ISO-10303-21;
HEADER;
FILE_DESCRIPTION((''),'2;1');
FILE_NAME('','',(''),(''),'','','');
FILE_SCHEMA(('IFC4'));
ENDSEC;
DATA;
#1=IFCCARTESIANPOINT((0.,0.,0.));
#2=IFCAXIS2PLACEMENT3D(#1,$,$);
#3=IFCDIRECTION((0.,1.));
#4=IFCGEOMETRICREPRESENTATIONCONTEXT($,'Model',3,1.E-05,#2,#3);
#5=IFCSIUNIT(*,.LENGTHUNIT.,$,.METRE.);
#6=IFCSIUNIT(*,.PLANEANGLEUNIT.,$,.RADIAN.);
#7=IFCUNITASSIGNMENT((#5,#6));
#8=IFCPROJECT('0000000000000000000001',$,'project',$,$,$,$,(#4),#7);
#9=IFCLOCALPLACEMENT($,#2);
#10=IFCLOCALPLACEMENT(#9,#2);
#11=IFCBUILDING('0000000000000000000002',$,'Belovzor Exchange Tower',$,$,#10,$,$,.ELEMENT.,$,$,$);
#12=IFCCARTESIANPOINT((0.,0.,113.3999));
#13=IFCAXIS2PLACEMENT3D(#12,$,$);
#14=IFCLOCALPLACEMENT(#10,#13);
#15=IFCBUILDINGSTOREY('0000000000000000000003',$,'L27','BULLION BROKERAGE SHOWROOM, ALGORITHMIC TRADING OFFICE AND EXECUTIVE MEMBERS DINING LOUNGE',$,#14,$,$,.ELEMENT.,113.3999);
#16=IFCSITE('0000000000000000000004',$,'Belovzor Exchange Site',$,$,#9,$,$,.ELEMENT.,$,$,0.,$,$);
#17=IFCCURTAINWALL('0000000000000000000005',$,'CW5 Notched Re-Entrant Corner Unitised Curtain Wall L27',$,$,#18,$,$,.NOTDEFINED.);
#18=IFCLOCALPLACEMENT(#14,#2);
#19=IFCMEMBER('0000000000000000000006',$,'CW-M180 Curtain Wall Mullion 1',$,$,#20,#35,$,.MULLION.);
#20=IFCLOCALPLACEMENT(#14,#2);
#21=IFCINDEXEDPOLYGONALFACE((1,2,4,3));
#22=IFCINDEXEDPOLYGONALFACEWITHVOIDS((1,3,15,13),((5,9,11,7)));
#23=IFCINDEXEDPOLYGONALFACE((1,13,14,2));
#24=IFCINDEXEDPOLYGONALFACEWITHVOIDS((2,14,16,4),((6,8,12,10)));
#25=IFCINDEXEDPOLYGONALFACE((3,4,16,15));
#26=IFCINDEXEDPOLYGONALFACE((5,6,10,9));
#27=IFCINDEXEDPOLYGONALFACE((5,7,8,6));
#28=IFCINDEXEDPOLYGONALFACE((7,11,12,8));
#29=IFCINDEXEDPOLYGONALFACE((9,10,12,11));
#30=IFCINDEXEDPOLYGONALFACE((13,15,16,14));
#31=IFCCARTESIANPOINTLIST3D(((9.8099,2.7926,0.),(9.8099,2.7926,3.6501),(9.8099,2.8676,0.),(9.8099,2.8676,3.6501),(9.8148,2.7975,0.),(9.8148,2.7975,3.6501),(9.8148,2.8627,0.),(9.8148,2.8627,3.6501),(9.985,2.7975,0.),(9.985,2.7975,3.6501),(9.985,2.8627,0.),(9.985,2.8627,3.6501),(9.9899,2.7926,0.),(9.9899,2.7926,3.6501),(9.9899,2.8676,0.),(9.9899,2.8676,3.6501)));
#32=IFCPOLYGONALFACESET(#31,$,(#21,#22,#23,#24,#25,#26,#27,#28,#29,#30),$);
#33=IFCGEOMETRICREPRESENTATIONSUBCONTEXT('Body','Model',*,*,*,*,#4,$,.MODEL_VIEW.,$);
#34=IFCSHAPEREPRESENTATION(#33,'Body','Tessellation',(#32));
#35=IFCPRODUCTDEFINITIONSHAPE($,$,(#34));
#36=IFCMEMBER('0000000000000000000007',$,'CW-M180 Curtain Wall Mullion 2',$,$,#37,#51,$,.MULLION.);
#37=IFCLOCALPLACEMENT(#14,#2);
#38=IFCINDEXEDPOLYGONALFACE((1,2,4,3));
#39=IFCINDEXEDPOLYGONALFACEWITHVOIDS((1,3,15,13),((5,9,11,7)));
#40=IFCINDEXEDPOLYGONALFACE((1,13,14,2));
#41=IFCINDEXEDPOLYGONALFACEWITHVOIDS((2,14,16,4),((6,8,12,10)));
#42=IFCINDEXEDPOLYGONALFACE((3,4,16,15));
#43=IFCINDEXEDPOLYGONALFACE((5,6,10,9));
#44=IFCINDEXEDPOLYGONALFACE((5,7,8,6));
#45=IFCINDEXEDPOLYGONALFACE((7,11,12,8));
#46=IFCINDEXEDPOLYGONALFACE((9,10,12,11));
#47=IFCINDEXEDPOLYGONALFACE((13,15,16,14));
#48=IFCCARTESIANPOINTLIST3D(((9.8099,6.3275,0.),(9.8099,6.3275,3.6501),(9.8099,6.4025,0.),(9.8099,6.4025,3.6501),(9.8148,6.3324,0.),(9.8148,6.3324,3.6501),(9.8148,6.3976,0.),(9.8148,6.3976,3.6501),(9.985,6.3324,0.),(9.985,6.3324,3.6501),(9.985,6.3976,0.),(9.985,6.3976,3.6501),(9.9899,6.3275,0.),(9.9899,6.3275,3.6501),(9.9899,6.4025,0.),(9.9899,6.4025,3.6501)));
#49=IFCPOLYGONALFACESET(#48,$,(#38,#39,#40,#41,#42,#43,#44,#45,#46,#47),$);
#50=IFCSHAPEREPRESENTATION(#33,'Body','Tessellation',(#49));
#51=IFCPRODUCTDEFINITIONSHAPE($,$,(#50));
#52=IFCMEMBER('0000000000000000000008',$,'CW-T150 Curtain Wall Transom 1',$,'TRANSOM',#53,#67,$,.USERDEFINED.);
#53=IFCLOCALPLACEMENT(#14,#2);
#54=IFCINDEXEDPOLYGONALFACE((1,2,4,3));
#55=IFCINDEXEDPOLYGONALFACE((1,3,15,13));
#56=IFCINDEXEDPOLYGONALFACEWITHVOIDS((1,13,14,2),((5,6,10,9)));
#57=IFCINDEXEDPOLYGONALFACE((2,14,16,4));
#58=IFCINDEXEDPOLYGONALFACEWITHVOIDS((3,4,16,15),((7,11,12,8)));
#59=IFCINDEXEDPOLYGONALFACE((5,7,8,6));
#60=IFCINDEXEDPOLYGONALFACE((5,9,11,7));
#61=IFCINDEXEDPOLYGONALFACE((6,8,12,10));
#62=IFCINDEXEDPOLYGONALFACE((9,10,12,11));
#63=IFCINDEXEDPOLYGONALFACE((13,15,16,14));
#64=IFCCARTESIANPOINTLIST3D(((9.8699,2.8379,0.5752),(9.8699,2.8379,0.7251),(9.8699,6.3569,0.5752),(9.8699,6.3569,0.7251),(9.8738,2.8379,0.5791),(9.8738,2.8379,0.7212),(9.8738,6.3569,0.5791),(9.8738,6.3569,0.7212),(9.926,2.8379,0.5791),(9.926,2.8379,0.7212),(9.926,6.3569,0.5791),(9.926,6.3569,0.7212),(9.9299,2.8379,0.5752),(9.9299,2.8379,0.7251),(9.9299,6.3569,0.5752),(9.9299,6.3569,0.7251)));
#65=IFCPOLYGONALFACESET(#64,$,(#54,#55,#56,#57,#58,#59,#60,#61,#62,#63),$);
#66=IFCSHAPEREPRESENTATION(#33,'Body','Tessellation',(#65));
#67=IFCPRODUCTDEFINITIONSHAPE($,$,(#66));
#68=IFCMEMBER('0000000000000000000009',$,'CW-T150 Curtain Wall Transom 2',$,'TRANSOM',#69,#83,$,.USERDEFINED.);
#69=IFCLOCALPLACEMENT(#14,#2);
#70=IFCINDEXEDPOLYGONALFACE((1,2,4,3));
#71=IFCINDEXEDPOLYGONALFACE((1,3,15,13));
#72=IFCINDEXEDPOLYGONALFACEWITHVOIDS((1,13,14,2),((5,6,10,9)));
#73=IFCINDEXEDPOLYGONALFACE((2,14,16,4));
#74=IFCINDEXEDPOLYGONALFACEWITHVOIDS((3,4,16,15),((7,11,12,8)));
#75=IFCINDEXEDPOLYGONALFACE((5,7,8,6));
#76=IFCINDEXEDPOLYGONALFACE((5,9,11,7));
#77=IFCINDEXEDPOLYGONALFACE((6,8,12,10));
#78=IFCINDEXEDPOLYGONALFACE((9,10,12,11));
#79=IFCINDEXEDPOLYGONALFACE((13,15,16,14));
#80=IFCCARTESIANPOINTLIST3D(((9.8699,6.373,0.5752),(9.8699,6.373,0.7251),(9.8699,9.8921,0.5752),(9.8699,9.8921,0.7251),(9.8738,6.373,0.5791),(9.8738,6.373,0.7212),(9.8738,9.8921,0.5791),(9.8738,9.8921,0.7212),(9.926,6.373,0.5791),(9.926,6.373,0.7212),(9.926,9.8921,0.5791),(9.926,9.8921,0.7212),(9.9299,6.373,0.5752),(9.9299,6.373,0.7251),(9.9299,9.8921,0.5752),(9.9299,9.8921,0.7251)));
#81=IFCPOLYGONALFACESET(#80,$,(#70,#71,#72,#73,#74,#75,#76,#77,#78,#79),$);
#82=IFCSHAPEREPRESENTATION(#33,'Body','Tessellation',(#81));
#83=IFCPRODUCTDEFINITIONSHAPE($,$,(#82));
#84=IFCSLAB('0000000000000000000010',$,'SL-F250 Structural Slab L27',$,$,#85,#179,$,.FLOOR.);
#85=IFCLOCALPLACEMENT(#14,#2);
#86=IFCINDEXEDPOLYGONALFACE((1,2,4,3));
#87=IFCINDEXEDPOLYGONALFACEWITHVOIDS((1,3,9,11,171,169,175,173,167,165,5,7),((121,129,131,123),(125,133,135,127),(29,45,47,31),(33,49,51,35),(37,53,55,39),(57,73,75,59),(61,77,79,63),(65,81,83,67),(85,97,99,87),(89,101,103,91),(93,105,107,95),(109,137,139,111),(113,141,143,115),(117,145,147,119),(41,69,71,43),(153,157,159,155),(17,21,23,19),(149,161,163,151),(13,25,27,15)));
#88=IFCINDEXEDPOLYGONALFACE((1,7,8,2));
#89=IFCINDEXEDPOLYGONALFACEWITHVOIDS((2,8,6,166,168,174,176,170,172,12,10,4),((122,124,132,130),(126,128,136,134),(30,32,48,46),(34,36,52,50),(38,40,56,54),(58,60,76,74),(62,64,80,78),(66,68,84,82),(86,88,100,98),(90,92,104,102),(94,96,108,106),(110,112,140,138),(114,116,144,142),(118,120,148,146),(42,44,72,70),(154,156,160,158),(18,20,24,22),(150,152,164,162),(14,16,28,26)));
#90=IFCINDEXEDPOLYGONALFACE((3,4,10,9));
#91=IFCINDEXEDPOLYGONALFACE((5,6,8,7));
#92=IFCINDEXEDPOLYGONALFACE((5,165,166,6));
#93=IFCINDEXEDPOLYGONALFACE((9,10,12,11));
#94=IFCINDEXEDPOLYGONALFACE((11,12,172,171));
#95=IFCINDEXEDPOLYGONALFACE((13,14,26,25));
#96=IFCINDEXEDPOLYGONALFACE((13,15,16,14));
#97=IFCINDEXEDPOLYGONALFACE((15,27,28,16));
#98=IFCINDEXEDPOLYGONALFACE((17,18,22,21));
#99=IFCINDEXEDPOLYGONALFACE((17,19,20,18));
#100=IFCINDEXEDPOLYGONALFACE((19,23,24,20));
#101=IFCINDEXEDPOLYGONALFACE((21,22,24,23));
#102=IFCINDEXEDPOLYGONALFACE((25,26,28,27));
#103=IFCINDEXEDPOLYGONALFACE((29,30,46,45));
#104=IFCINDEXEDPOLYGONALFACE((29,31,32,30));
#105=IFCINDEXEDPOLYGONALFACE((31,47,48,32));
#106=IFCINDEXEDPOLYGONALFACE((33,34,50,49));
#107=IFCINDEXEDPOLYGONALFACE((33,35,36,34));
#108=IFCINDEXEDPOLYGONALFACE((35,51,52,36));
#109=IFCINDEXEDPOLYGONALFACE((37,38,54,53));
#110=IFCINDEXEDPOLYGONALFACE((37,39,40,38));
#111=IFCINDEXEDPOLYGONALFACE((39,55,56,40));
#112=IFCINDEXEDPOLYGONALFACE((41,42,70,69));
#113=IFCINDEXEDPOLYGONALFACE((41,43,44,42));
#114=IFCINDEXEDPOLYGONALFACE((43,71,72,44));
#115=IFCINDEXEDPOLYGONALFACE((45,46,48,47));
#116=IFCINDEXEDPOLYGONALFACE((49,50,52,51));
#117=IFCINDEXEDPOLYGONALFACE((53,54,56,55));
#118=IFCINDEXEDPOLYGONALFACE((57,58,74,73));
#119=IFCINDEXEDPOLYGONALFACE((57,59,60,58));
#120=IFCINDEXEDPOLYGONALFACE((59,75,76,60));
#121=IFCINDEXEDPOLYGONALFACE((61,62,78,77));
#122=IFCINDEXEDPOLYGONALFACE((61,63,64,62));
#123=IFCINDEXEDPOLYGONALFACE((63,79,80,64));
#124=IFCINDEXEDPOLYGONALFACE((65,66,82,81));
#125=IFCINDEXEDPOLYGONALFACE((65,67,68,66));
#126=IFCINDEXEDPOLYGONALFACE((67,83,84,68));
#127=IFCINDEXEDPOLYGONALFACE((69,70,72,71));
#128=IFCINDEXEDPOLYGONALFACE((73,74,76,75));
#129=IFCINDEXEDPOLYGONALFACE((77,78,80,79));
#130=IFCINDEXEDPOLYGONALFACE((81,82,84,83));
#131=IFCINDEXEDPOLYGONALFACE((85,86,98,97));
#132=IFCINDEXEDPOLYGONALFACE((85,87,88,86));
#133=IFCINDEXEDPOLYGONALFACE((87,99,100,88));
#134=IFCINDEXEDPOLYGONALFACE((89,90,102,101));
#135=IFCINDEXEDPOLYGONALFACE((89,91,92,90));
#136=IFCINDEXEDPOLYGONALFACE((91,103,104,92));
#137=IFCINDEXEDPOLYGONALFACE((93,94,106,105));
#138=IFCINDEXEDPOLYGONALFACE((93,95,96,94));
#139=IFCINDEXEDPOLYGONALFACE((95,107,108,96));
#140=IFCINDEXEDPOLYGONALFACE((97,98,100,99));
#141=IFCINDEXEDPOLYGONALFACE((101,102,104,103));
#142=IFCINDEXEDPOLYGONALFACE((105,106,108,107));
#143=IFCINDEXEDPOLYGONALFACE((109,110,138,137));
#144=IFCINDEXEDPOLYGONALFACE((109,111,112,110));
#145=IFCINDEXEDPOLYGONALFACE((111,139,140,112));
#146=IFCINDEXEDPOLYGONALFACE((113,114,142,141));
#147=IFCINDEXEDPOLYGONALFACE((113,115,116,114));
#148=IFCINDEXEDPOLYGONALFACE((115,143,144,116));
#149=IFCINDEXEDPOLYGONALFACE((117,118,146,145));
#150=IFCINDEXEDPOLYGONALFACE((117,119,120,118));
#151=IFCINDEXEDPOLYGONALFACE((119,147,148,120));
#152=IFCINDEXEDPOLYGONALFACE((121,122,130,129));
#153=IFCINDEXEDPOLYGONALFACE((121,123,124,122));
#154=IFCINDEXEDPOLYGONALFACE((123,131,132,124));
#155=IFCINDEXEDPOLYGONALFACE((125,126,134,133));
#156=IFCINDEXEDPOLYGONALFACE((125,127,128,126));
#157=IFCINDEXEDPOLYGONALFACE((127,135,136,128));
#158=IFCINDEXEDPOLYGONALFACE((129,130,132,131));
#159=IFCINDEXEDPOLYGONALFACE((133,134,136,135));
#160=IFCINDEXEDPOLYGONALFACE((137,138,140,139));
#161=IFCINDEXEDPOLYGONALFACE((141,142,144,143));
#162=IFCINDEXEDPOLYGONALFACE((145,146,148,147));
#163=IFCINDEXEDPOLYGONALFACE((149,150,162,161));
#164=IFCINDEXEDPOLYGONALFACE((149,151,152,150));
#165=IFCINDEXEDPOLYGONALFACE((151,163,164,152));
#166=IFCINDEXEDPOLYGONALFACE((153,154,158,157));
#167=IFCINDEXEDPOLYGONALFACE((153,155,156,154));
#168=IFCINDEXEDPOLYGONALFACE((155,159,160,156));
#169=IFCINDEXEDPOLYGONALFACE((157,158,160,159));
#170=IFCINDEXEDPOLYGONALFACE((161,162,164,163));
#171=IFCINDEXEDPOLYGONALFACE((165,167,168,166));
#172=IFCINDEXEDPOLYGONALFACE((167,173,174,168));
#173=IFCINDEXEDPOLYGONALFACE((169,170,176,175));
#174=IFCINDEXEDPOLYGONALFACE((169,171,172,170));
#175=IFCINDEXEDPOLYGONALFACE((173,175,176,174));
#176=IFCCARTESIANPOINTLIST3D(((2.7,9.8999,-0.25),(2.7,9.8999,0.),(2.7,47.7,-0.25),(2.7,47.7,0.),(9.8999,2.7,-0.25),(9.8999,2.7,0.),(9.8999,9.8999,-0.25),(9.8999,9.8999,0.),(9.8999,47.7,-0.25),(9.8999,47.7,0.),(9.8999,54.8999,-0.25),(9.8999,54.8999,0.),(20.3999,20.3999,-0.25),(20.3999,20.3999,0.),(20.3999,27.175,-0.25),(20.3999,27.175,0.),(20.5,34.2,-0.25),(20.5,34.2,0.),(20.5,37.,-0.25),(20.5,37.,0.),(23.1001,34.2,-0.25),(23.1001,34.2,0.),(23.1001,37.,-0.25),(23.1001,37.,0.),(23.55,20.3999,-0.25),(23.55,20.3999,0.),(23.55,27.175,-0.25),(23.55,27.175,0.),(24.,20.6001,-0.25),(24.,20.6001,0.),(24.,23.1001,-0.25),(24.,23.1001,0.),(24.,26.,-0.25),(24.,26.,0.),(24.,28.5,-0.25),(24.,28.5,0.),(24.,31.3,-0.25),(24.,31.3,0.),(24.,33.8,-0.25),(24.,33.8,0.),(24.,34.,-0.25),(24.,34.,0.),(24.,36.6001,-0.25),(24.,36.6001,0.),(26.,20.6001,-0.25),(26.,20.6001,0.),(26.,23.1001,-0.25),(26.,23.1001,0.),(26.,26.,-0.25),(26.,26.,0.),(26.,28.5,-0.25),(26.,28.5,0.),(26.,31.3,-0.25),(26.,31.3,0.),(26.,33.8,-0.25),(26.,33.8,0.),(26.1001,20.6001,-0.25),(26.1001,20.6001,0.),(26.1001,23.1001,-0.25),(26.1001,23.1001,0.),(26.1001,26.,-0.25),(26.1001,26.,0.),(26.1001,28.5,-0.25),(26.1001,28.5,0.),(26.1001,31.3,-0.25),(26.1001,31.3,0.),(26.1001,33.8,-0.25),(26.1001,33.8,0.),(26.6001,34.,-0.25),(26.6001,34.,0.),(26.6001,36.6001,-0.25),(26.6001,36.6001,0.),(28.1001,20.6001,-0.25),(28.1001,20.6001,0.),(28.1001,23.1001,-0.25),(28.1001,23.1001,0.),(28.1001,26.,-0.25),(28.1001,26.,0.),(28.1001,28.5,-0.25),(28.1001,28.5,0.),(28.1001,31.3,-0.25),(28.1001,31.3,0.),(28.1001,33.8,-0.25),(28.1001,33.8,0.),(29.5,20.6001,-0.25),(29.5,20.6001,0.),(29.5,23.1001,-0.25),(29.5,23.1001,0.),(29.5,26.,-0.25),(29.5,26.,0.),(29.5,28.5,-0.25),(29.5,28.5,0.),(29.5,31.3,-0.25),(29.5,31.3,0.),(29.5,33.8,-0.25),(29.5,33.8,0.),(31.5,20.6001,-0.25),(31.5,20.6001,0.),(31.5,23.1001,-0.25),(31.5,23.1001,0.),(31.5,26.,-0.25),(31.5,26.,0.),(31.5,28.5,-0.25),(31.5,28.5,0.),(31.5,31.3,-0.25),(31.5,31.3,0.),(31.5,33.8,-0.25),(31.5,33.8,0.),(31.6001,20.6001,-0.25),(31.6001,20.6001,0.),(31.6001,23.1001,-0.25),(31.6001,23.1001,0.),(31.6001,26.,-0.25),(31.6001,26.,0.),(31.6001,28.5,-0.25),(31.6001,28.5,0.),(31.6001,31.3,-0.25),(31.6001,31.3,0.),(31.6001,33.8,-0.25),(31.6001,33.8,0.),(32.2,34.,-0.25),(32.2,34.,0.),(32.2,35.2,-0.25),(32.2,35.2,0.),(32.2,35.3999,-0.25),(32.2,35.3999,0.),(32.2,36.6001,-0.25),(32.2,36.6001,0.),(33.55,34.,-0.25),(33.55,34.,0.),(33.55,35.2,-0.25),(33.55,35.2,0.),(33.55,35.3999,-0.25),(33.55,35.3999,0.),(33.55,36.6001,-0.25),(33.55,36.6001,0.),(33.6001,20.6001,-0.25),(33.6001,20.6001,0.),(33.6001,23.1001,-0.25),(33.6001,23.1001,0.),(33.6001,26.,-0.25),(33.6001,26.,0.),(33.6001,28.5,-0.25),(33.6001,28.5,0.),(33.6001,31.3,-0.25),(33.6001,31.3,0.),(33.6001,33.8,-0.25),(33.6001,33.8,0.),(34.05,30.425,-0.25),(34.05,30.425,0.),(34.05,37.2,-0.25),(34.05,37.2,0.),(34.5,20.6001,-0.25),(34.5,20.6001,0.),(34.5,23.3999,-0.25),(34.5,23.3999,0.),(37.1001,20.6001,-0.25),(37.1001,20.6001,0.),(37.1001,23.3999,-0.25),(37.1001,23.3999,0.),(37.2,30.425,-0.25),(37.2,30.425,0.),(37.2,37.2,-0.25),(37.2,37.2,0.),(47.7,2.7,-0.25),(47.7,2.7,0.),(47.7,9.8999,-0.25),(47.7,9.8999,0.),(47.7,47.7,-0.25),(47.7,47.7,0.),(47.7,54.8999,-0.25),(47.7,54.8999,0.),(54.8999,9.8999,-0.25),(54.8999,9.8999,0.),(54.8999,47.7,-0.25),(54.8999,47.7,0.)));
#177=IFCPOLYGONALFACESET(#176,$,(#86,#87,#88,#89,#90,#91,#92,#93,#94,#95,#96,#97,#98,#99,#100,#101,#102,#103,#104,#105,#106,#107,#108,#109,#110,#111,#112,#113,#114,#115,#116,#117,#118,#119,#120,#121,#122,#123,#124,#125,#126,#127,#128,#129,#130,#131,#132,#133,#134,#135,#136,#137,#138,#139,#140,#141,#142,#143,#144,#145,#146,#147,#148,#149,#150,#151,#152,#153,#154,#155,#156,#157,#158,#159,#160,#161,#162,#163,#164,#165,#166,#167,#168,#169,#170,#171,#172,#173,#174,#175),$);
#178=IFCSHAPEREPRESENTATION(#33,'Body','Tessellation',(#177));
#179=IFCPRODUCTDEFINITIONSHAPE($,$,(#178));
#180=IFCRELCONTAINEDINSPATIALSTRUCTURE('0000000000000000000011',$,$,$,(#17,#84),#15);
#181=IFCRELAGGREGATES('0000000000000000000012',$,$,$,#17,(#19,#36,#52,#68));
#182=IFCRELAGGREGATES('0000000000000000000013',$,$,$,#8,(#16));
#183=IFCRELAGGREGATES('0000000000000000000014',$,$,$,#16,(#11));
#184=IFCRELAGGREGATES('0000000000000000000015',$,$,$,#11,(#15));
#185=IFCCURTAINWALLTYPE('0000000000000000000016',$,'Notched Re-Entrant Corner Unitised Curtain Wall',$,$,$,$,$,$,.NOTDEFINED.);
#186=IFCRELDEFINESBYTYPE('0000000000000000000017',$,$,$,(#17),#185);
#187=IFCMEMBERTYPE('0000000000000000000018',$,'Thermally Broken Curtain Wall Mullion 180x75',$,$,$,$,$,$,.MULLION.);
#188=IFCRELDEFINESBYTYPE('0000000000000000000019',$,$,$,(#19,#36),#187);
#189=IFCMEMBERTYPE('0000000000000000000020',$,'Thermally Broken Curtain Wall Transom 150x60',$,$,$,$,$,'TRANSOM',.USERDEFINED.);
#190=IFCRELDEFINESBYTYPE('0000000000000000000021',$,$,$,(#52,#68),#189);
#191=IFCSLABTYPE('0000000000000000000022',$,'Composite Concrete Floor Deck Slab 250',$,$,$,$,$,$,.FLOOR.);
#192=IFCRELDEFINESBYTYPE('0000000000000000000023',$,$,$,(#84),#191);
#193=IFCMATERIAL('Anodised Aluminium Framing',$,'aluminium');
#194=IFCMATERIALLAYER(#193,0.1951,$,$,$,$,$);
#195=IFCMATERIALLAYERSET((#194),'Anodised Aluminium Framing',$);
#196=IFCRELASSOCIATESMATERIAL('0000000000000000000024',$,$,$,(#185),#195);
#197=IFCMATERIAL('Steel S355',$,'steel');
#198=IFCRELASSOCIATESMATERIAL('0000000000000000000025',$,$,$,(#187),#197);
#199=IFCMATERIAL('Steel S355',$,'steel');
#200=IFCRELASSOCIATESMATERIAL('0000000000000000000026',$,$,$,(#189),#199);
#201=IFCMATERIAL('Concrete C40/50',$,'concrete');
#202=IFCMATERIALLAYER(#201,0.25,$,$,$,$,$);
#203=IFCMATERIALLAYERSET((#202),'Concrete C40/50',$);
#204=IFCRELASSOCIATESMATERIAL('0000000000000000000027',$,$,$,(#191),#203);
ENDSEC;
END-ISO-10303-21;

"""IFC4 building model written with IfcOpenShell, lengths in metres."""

from ifc_helpers import new_model, si_unit, direction, frame, origin, origin_2d, place, context, subcontext, project, spatial, polyline, hollow_rectangle, outline, extrude, material, layer, layer_set, material_profile, profile_set, type_object, element, aggregate, save


model = new_model("IFC4")

# Units and contexts
model_context = context("Model", 3, precision=1e-05, world=origin(), true_north=direction((0.0, 1.0)))
body_context = subcontext(model_context, "Body", "Model", "MODEL_VIEW")
ifc_project = project(units=[si_unit("LENGTHUNIT", "METRE"), si_unit("PLANEANGLEUNIT", "RADIAN")], contexts=[model_context])

# Site, building, storey
site_placement = place(None, origin())
site = spatial("IfcSite", under=ifc_project, at=site_placement, Name="Belovzor Exchange Site", CompositionType="ELEMENT", RefElevation=0.0)
building_placement = place(site_placement, origin())
building = spatial("IfcBuilding", under=site, at=building_placement, Name="Belovzor Exchange Tower", CompositionType="ELEMENT")
storey_placement = place(building_placement, frame((0.0, 0.0, 113.3999)))
storey = spatial("IfcBuildingStorey", under=building, at=storey_placement, Name="L27", Description="BULLION BROKERAGE SHOWROOM, ALGORITHMIC TRADING OFFICE AND EXECUTIVE MEMBERS DINING LOUNGE", CompositionType="ELEMENT", Elevation=113.3999)

# Curtain wall, members
ifc_material_1 = material(Name="Anodised Aluminium Framing", Category="aluminium")
ifc_layer_1 = layer(ifc_material_1, 0.1951)
ifc_layer_set_1 = layer_set([ifc_layer_1], Name="Anodised Aluminium Framing")
curtain_wall_type = type_object("IfcCurtainWallType", Name="Notched Re-Entrant Corner Unitised Curtain Wall", PredefinedType="NOTDEFINED", material=ifc_layer_set_1)
curtain_wall_placement = place(storey_placement, origin())
curtain_wall = element("IfcCurtainWall", 1, at=curtain_wall_placement, inside=storey, type_object=curtain_wall_type, Name="CW5 Notched Re-Entrant Corner Unitised Curtain Wall L27", PredefinedType="NOTDEFINED")
ifc_material_2 = material(Name="Steel S355", Category="steel")
ifc_material_profile_1 = material_profile(ifc_material_2, hollow_rectangle(XDim=0.075, YDim=0.1799, WallThickness=0.0049, at=origin_2d()))
ifc_profile_set_1 = profile_set([ifc_material_profile_1], Name="Steel S355")
member_type_1 = type_object("IfcMemberType", Name="Thermally Broken Curtain Wall Mullion 180x75", PredefinedType="MULLION", material=ifc_profile_set_1)
member_1_placement = place(storey_placement, frame((9.8999, 2.8301, 0.0), z_axis=(0.0, 0.0, 1.0), x_axis=(0.0, 1.0, 0.0)))
member_1 = element("IfcMember", 2, at=member_1_placement, type_object=member_type_1, Name="CW-M180 Curtain Wall Mullion 1", PredefinedType="MULLION", context=body_context, shape_type="SweptSolid", body=[
    extrude(hollow_rectangle(XDim=0.075, YDim=0.1799, WallThickness=0.0049, at=origin_2d()), origin(), (0.0, 0.0, 1.0), 3.6501),
])
member_2_placement = place(storey_placement, frame((9.8999, 6.365, 0.0), z_axis=(0.0, 0.0, 1.0), x_axis=(0.0, 1.0, 0.0)))
member_2 = element("IfcMember", 3, at=member_2_placement, type_object=member_type_1, Name="CW-M180 Curtain Wall Mullion 2", PredefinedType="MULLION", context=body_context, shape_type="SweptSolid", body=[
    extrude(hollow_rectangle(XDim=0.075, YDim=0.1799, WallThickness=0.0049, at=origin_2d()), origin(), (0.0, 0.0, 1.0), 3.6501),
])
ifc_material_3 = material(Name="Steel S355", Category="steel")
ifc_material_profile_2 = material_profile(ifc_material_3, hollow_rectangle(XDim=0.0601, YDim=0.1499, WallThickness=0.0039, at=origin_2d()))
ifc_profile_set_2 = profile_set([ifc_material_profile_2], Name="Steel S355")
member_type_2 = type_object("IfcMemberType", Name="Thermally Broken Curtain Wall Transom 150x60", ElementType="TRANSOM", PredefinedType="USERDEFINED", material=ifc_profile_set_2)
member_3_placement = place(storey_placement, frame((9.8999, 2.8379, 0.6501), z_axis=(0.0, 1.0, 0.0), x_axis=(-1.0, 0.0, 0.0)))
member_3 = element("IfcMember", 4, at=member_3_placement, type_object=member_type_2, Name="CW-T150 Curtain Wall Transom 1", ObjectType="TRANSOM", PredefinedType="USERDEFINED", context=body_context, shape_type="SweptSolid", body=[
    extrude(hollow_rectangle(XDim=0.0601, YDim=0.1499, WallThickness=0.0039, at=origin_2d()), origin(), (0.0, 0.0, 1.0), 3.519),
])
member_4_placement = place(storey_placement, frame((9.8999, 6.373, 0.6501), z_axis=(0.0, 1.0, 0.0), x_axis=(-1.0, 0.0, 0.0)))
member_4 = element("IfcMember", 5, at=member_4_placement, type_object=member_type_2, Name="CW-T150 Curtain Wall Transom 2", ObjectType="TRANSOM", PredefinedType="USERDEFINED", context=body_context, shape_type="SweptSolid", body=[
    extrude(hollow_rectangle(XDim=0.0601, YDim=0.1499, WallThickness=0.0039, at=origin_2d()), origin(), (0.0, 0.0, 1.0), 3.519),
])

# Slab
ifc_material_4 = material(Name="Concrete C40/50", Category="concrete")
ifc_layer_2 = layer(ifc_material_4, 0.25)
ifc_layer_set_2 = layer_set([ifc_layer_2], Name="Concrete C40/50")
slab_type_1 = type_object("IfcSlabType", Name="Composite Concrete Floor Deck Slab 250", PredefinedType="FLOOR", material=ifc_layer_set_2)
slab_1_placement = place(storey_placement, frame((0.0, 0.0, -0.25)))
element("IfcSlab", 6, at=slab_1_placement, inside=storey, type_object=slab_type_1, Name="SL-F250 Structural Slab L27", PredefinedType="FLOOR", context=body_context, shape_type="SweptSolid", body=[
    extrude(outline(polyline([(9.8999, 2.7), (47.7, 2.7), (47.7, 9.8999), (54.8999, 9.8999), (54.8999, 47.7), (47.7, 47.7), (47.7, 54.8999), (9.8999, 54.8999), (9.8999, 47.7), (2.7, 47.7), (2.7, 9.8999), (9.8999, 9.8999), (9.8999, 2.7)]), holes=[polyline([(20.3999, 27.175), (20.3999, 20.3999), (23.55, 20.3999), (23.55, 27.175), (20.3999, 27.175)]), polyline([(37.2, 30.425), (37.2, 37.2), (34.05, 37.2), (34.05, 30.425), (37.2, 30.425)]), polyline([(20.5, 34.2), (23.1001, 34.2), (23.1001, 37.0), (20.5, 37.0), (20.5, 34.2)]), polyline([(34.5, 20.6001), (37.1001, 20.6001), (37.1001, 23.3999), (34.5, 23.3999), (34.5, 20.6001)]), polyline([(24.0, 34.0), (26.6001, 34.0), (26.6001, 36.6001), (24.0, 36.6001), (24.0, 34.0)]), polyline([(24.0, 20.6001), (26.0, 20.6001), (26.0, 23.1001), (24.0, 23.1001), (24.0, 20.6001)]), polyline([(26.1001, 20.6001), (28.1001, 20.6001), (28.1001, 23.1001), (26.1001, 23.1001), (26.1001, 20.6001)]), polyline([(29.5, 20.6001), (31.5, 20.6001), (31.5, 23.1001), (29.5, 23.1001), (29.5, 20.6001)]), polyline([(31.6001, 20.6001), (33.6001, 20.6001), (33.6001, 23.1001), (31.6001, 23.1001), (31.6001, 20.6001)]), polyline([(24.0, 26.0), (26.0, 26.0), (26.0, 28.5), (24.0, 28.5), (24.0, 26.0)]), polyline([(26.1001, 26.0), (28.1001, 26.0), (28.1001, 28.5), (26.1001, 28.5), (26.1001, 26.0)]), polyline([(29.5, 26.0), (31.5, 26.0), (31.5, 28.5), (29.5, 28.5), (29.5, 26.0)]), polyline([(31.6001, 26.0), (33.6001, 26.0), (33.6001, 28.5), (31.6001, 28.5), (31.6001, 26.0)]), polyline([(24.0, 31.3), (26.0, 31.3), (26.0, 33.8), (24.0, 33.8), (24.0, 31.3)]), polyline([(26.1001, 31.3), (28.1001, 31.3), (28.1001, 33.8), (26.1001, 33.8), (26.1001, 31.3)]), polyline([(29.5, 31.3), (31.5, 31.3), (31.5, 33.8), (29.5, 33.8), (29.5, 31.3)]), polyline([(31.6001, 31.3), (33.6001, 31.3), (33.6001, 33.8), (31.6001, 33.8), (31.6001, 31.3)]), polyline([(32.2, 34.0), (33.55, 34.0), (33.55, 35.2), (32.2, 35.2), (32.2, 34.0)]), polyline([(32.2, 35.3999), (33.55, 35.3999), (33.55, 36.6001), (32.2, 36.6001), (32.2, 35.3999)])]), origin(), (0.0, 0.0, 1.0), 0.25),
])

aggregate(curtain_wall, [member_1, member_2, member_3, member_4])

save(model, "model.ifc")
